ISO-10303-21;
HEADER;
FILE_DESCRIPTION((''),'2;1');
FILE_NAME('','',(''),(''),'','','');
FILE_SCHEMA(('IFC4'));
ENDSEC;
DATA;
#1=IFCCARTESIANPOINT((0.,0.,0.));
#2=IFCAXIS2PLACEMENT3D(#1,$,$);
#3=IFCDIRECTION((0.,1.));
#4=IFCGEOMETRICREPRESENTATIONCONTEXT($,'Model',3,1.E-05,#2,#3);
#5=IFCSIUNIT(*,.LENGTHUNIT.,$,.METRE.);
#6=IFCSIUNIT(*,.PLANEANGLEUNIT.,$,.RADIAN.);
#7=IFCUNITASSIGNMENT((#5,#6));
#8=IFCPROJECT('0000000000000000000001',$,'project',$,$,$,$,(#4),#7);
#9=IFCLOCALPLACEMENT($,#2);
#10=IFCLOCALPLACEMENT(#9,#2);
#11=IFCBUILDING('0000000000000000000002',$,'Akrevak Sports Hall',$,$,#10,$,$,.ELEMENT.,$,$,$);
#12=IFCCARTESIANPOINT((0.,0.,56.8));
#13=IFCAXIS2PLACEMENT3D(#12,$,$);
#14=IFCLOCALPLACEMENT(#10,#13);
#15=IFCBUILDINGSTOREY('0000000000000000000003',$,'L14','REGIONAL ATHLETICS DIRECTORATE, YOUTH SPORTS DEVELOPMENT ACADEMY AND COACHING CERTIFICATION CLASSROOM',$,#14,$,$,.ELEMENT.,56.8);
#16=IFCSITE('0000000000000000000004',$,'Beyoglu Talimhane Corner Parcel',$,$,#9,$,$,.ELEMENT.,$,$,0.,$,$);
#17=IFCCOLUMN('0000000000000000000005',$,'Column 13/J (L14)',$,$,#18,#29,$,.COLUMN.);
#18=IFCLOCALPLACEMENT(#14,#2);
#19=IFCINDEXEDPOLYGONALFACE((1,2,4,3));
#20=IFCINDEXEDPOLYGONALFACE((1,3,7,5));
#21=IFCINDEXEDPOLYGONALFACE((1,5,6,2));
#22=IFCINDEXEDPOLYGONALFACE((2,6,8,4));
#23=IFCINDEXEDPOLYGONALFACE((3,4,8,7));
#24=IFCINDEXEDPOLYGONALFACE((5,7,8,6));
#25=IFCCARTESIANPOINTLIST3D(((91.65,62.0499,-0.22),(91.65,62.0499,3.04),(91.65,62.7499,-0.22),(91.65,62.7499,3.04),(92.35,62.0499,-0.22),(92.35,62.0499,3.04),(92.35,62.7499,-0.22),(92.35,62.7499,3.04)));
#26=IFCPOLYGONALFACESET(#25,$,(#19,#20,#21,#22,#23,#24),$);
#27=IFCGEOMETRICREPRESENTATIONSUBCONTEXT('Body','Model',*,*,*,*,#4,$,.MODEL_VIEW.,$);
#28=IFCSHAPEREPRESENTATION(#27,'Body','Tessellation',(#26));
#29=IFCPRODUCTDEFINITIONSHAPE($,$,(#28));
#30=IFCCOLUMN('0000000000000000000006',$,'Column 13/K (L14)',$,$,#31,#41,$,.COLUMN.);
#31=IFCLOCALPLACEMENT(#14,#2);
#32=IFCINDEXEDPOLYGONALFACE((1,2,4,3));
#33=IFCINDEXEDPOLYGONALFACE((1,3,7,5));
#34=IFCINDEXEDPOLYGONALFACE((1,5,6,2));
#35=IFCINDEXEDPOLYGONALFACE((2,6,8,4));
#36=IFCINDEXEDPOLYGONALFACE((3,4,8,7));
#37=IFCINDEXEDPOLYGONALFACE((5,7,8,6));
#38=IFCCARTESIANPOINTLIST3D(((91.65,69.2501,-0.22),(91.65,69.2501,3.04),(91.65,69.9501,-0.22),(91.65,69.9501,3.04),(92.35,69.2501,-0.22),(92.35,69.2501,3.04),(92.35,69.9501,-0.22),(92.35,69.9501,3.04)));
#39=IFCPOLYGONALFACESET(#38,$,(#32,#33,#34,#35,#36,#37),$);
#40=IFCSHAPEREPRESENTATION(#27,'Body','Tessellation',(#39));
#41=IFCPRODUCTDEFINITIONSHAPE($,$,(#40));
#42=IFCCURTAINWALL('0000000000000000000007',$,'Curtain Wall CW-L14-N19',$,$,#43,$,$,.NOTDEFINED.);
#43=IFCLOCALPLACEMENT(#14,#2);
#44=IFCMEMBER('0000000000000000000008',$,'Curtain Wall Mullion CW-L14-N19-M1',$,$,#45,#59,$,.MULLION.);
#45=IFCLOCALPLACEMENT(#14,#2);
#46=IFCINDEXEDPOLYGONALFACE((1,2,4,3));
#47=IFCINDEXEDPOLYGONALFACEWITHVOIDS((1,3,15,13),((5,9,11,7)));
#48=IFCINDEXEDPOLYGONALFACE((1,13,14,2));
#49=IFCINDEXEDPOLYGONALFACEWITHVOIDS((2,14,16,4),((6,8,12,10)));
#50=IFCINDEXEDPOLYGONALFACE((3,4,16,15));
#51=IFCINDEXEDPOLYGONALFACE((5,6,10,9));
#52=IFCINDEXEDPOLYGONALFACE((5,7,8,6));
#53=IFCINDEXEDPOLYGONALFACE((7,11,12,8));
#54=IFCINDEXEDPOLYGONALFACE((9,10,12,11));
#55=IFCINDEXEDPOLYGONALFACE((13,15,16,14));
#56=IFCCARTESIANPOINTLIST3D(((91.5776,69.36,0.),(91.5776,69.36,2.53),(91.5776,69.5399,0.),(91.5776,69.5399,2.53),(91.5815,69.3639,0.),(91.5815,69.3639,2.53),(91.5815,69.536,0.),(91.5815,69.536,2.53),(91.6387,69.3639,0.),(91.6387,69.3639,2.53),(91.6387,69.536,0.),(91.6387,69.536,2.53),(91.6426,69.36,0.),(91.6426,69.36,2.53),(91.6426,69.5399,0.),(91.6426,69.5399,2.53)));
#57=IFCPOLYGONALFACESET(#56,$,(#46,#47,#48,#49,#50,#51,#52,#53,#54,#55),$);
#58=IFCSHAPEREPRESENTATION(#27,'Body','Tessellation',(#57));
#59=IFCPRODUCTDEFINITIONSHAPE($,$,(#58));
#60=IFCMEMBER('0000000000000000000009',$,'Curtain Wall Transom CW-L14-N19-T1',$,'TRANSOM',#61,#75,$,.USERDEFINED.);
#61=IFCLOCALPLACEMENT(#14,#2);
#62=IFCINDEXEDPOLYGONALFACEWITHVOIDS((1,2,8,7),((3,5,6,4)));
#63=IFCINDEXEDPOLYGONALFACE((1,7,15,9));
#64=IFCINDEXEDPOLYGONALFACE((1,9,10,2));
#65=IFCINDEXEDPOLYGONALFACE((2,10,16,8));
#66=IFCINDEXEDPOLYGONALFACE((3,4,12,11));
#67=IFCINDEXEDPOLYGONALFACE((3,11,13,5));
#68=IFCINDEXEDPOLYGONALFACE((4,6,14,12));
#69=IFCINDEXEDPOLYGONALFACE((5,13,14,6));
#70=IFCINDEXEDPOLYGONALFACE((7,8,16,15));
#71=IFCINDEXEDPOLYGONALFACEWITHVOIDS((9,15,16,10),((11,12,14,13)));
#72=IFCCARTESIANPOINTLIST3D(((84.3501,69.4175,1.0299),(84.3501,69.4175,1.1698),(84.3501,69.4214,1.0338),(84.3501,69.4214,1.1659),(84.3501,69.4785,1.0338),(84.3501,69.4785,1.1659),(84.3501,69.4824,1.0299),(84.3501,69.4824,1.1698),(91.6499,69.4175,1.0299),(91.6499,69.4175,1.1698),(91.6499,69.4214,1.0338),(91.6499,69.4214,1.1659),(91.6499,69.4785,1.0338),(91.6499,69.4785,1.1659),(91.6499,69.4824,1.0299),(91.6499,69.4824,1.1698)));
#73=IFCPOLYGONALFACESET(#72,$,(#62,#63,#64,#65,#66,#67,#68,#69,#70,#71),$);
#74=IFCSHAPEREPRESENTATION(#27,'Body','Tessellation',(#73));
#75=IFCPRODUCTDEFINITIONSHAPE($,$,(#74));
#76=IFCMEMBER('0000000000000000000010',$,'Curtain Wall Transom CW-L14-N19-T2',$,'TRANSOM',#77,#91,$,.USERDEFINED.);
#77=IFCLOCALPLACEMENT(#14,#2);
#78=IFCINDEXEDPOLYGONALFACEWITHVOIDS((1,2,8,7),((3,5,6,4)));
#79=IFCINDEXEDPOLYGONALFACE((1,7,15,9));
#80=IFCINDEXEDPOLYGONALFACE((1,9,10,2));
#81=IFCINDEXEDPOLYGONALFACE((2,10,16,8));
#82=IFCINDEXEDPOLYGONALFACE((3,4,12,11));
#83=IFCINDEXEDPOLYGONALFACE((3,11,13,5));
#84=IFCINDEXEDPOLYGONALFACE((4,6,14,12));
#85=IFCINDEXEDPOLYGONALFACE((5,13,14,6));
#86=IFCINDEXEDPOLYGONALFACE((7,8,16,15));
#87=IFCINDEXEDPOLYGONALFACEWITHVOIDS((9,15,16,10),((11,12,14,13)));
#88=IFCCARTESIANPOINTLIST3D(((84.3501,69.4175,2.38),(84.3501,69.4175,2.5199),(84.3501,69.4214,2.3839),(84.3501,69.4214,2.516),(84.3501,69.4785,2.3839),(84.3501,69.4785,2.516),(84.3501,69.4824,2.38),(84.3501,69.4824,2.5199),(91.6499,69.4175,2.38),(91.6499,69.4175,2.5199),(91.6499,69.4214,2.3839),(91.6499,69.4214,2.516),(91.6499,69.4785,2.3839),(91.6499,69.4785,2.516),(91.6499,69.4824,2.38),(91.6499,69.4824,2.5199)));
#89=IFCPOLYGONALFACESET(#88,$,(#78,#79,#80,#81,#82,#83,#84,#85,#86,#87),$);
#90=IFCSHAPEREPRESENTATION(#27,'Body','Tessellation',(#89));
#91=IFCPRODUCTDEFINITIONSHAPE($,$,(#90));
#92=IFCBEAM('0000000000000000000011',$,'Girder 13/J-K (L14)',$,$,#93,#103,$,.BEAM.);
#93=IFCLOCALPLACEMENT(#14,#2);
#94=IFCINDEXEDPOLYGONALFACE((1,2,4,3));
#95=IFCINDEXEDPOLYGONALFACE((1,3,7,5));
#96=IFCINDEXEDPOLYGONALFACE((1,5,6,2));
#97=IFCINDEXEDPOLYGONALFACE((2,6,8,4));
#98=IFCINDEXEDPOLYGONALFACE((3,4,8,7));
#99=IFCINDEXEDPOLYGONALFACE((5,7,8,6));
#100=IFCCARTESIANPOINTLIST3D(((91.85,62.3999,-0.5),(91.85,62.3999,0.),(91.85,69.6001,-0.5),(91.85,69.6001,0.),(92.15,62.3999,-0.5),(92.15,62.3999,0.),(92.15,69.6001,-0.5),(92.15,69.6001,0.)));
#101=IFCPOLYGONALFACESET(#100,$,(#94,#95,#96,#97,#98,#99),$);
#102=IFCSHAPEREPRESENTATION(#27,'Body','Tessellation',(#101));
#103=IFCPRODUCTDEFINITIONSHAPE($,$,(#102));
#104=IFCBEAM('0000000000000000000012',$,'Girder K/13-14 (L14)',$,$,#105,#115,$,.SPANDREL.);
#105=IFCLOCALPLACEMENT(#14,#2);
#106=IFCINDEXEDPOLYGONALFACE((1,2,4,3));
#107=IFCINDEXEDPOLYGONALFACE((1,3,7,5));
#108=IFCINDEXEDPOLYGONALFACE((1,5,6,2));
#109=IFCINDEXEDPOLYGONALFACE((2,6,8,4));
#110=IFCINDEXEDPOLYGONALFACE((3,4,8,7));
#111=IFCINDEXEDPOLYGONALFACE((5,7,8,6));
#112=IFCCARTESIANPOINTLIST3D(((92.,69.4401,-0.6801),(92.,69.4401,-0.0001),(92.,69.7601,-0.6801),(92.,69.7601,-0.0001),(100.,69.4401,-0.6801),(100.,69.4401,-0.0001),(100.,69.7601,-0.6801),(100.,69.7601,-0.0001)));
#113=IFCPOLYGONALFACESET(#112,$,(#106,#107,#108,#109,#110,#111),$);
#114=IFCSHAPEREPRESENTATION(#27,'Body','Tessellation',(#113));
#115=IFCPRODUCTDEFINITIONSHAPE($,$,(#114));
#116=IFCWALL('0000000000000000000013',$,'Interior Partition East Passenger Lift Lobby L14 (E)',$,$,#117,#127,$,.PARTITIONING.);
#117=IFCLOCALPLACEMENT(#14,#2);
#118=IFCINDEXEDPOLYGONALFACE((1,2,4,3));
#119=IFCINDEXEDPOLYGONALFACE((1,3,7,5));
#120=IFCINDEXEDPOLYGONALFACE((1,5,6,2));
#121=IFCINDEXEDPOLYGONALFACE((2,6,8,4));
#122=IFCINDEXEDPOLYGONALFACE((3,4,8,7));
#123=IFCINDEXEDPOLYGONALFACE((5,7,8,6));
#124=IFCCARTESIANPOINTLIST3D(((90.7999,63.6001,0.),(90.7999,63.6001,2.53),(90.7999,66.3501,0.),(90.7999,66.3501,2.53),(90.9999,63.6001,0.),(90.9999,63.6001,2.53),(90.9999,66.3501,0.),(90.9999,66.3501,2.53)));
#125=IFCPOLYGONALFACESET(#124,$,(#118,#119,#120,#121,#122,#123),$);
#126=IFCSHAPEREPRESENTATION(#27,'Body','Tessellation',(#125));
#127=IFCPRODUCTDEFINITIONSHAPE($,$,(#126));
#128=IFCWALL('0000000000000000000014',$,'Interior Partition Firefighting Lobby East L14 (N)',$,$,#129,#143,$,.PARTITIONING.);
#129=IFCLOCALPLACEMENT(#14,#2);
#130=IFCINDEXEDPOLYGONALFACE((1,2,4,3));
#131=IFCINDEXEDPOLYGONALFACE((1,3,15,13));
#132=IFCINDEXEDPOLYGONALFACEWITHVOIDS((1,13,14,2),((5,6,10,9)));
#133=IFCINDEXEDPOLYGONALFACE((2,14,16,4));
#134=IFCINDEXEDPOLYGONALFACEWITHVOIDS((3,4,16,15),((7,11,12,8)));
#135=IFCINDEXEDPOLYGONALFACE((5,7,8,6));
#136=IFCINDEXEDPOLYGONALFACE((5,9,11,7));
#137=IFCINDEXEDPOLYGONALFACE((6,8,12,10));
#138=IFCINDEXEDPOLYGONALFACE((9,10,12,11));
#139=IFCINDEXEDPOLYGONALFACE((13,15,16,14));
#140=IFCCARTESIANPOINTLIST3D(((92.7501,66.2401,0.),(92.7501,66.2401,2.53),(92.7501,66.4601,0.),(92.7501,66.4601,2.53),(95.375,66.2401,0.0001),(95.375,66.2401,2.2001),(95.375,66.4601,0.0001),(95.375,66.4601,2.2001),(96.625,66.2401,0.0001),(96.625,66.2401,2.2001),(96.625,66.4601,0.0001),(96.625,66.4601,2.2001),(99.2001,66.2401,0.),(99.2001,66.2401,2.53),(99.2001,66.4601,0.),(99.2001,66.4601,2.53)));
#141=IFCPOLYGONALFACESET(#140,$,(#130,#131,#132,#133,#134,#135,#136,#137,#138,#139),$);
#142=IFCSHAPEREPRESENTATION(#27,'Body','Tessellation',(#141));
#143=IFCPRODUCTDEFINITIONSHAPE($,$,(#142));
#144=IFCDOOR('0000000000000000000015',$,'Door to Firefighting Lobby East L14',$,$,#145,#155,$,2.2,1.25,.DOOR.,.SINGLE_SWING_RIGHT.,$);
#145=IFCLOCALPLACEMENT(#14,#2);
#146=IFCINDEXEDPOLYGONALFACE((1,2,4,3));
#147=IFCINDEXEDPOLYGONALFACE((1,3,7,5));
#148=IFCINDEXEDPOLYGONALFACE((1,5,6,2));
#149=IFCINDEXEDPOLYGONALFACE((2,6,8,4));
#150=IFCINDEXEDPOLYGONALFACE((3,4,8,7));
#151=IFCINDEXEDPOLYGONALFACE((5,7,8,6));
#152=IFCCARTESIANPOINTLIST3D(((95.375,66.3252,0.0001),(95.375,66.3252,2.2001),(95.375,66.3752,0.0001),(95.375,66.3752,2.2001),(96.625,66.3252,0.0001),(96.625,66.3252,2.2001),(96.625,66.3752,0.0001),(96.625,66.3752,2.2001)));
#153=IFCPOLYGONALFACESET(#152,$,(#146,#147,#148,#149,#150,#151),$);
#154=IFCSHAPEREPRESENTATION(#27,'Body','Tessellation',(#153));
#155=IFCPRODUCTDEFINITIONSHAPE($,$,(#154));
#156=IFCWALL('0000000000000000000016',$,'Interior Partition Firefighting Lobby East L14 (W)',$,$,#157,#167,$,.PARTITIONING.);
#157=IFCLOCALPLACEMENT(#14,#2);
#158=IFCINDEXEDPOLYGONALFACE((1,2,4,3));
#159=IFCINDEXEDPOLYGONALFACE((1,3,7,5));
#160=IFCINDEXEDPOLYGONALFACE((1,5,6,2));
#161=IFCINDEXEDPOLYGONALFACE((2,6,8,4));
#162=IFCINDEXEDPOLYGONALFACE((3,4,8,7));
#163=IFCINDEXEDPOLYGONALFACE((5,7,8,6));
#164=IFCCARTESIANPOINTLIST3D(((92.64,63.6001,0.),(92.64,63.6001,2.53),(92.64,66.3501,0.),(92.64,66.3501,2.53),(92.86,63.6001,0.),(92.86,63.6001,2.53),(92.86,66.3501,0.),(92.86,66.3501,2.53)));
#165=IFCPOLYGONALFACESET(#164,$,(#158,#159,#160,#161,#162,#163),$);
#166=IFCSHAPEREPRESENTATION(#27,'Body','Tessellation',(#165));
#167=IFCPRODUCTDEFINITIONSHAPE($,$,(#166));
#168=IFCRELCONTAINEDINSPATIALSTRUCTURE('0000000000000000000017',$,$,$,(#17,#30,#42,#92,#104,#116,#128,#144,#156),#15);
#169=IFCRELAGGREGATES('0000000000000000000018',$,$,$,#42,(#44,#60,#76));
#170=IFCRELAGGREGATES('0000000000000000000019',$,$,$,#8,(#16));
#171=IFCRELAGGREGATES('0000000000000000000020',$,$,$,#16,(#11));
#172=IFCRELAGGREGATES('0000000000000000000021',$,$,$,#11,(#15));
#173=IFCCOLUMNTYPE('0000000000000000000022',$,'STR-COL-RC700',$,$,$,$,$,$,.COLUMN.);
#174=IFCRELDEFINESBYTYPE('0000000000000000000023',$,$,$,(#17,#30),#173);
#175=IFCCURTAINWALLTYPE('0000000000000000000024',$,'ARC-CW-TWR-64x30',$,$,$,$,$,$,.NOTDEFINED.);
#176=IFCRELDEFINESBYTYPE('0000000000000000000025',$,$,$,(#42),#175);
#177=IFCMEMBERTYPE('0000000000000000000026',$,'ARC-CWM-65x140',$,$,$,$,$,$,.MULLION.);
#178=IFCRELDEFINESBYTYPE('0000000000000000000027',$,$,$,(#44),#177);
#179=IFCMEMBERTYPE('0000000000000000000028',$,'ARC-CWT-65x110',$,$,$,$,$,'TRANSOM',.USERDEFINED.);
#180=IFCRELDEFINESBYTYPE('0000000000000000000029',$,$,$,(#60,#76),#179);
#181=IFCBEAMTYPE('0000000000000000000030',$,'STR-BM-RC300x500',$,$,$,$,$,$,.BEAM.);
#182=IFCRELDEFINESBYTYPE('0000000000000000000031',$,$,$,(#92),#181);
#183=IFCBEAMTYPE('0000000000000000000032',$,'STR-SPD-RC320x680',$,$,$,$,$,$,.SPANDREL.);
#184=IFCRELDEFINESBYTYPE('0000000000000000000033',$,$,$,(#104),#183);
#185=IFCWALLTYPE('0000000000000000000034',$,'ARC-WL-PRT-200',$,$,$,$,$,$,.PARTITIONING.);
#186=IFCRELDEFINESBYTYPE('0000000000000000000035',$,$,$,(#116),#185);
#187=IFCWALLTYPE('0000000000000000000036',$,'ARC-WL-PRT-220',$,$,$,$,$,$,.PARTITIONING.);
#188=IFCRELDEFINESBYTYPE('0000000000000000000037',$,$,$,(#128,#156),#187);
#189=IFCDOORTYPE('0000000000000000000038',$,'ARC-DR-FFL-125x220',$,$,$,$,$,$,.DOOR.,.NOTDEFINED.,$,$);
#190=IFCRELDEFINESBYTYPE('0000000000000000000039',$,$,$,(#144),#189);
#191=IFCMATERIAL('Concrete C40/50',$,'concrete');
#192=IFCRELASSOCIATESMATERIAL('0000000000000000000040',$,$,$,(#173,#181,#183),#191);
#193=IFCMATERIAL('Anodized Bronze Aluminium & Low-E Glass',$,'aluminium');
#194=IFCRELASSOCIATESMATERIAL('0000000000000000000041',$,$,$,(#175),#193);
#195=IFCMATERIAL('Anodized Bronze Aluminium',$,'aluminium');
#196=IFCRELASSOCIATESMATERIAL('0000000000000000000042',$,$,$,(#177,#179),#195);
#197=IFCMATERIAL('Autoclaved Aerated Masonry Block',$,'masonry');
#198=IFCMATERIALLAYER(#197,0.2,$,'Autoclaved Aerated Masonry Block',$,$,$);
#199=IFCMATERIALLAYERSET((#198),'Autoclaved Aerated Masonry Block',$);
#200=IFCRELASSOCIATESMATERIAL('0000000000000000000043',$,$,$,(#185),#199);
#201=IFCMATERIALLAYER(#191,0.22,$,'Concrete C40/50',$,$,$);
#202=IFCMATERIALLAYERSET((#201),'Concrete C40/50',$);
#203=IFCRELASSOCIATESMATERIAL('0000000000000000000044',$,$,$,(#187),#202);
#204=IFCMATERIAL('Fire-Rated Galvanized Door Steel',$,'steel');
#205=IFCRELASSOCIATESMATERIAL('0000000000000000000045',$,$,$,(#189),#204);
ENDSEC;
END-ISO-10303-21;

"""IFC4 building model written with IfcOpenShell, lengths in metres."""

from ifc_helpers import new_model, si_unit, direction, frame, frame_2d, origin, origin_2d, place, context, subcontext, project, spatial, rectangle, hollow_rectangle, extrude, material, layer, layer_set, material_profile, profile_set, type_object, element, fill, aggregate, save


model = new_model("IFC4")

# Units and contexts
model_context = context("Model", 3, precision=1e-05, world=origin(), true_north=direction((0.0, 1.0)))
body_context = subcontext(model_context, "Body", "Model", "MODEL_VIEW")
ifc_project = project(units=[si_unit("LENGTHUNIT", "METRE"), si_unit("PLANEANGLEUNIT", "RADIAN")], contexts=[model_context])

# Site, building, storey
site_placement = place(None, origin())
site = spatial("IfcSite", under=ifc_project, at=site_placement, Name="Beyoglu Talimhane Corner Parcel", CompositionType="ELEMENT", RefElevation=0.0)
building_placement = place(site_placement, origin())
building = spatial("IfcBuilding", under=site, at=building_placement, Name="Akrevak Sports Hall", CompositionType="ELEMENT")
storey_placement = place(building_placement, frame((0.0, 0.0, 56.8)))
storey = spatial("IfcBuildingStorey", under=building, at=storey_placement, Name="L14", Description="REGIONAL ATHLETICS DIRECTORATE, YOUTH SPORTS DEVELOPMENT ACADEMY AND COACHING CERTIFICATION CLASSROOM", CompositionType="ELEMENT", Elevation=56.8)

# Columns
ifc_material_1 = material(Name="Concrete C40/50", Category="concrete")
ifc_material_profile_1 = material_profile(ifc_material_1, rectangle(XDim=0.7, YDim=0.7, at=origin_2d()), Name="RC 700x700", Category="concrete")
ifc_profile_set_1 = profile_set([ifc_material_profile_1], Name="Concrete C40/50")
column_type = type_object("IfcColumnType", Name="STR-COL-RC700", PredefinedType="COLUMN", material=ifc_profile_set_1)
for number, where, z_axis, x_axis, name in (
    (1, (92.0, 62.3999, -0.22), (0.0, 0.0, 1.0), (1.0, 0.0, 0.0), "Column 13/J (L14)"),
    (2, (92.0, 69.6001, -0.22), (0.0, 0.0, 1.0), (1.0, 0.0, 0.0), "Column 13/K (L14)"),
):
    element("IfcColumn", number, at=place(storey_placement, frame(where, z_axis=z_axis, x_axis=x_axis)), inside=storey, type_object=column_type, Name=name, PredefinedType="COLUMN", context=body_context, shape_type="SweptSolid", body=[
        extrude(rectangle(XDim=0.7, YDim=0.7, at=origin_2d()), origin(), (0.0, 0.0, 1.0), 3.26),
    ])

# Curtain wall, members
ifc_material_2 = material(Name="Anodized Bronze Aluminium & Low-E Glass", Category="aluminium")
curtain_wall_type = type_object("IfcCurtainWallType", Name="ARC-CW-TWR-64x30", PredefinedType="NOTDEFINED", material=ifc_material_2)
curtain_wall_placement = place(storey_placement, origin())
curtain_wall = element("IfcCurtainWall", 3, at=curtain_wall_placement, inside=storey, type_object=curtain_wall_type, Name="Curtain Wall CW-L14-N19", PredefinedType="NOTDEFINED")
ifc_material_3 = material(Name="Anodized Bronze Aluminium", Category="aluminium")
ifc_material_profile_2 = material_profile(ifc_material_3, hollow_rectangle(XDim=0.0649, YDim=0.1799, WallThickness=0.0039, at=origin_2d()), Name="CWM 65x180", Category="aluminium")
ifc_profile_set_2 = profile_set([ifc_material_profile_2], Name="Anodized Bronze Aluminium")
member_type_1 = type_object("IfcMemberType", Name="ARC-CWM-65x140", PredefinedType="MULLION", material=ifc_profile_set_2)
member_1_placement = place(storey_placement, frame((91.6101, 69.45, 0.0), z_axis=(0.0, 0.0, 1.0), x_axis=(-1.0, 0.0, 0.0)))
member_1 = element("IfcMember", 4, at=member_1_placement, type_object=member_type_1, Name="Curtain Wall Mullion CW-L14-N19-M1", PredefinedType="MULLION", context=body_context, shape_type="SweptSolid", body=[
    extrude(hollow_rectangle(XDim=0.0649, YDim=0.1799, WallThickness=0.0039, at=origin_2d()), origin(), (0.0, 0.0, 1.0), 2.53),
])
ifc_material_profile_3 = material_profile(ifc_material_3, hollow_rectangle(XDim=0.0649, YDim=0.1399, WallThickness=0.0039, at=origin_2d()), Name="CWT 65x140", Category="aluminium")
ifc_profile_set_3 = profile_set([ifc_material_profile_3], Name="Anodized Bronze Aluminium")
member_type_2 = type_object("IfcMemberType", Name="ARC-CWT-65x110", ElementType="TRANSOM", PredefinedType="USERDEFINED", material=ifc_profile_set_3)
member_2_placement = place(storey_placement, frame((91.6499, 69.45, 1.0999), z_axis=(-1.0, 0.0, 0.0), x_axis=(0.0, -1.0, 0.0)))
member_2 = element("IfcMember", 5, at=member_2_placement, type_object=member_type_2, Name="Curtain Wall Transom CW-L14-N19-T1", ObjectType="TRANSOM", PredefinedType="USERDEFINED", context=body_context, shape_type="SweptSolid", body=[
    extrude(hollow_rectangle(XDim=0.0649, YDim=0.1399, WallThickness=0.0039, at=origin_2d()), origin(), (0.0, 0.0, 1.0), 7.2998),
])
member_3_placement = place(storey_placement, frame((91.6499, 69.45, 2.45), z_axis=(-1.0, 0.0, 0.0), x_axis=(0.0, -1.0, 0.0)))
member_3 = element("IfcMember", 6, at=member_3_placement, type_object=member_type_2, Name="Curtain Wall Transom CW-L14-N19-T2", ObjectType="TRANSOM", PredefinedType="USERDEFINED", context=body_context, shape_type="SweptSolid", body=[
    extrude(hollow_rectangle(XDim=0.0649, YDim=0.1399, WallThickness=0.0039, at=origin_2d()), origin(), (0.0, 0.0, 1.0), 7.2998),
])
aggregate(curtain_wall, [member_1, member_2, member_3])

# Beams
ifc_material_profile_4 = material_profile(ifc_material_1, rectangle(XDim=0.3, YDim=0.5, at=origin_2d()), Name="BM 300x500", Category="concrete")
ifc_profile_set_4 = profile_set([ifc_material_profile_4], Name="Concrete C40/50")
beam_type_1 = type_object("IfcBeamType", Name="STR-BM-RC300x500", PredefinedType="BEAM", material=ifc_profile_set_4)
beam_1_placement = place(storey_placement, frame((92.0, 62.3999, -0.25), z_axis=(0.0, 1.0, 0.0), x_axis=(-1.0, 0.0, 0.0)))
element("IfcBeam", 7, at=beam_1_placement, inside=storey, type_object=beam_type_1, Name="Girder 13/J-K (L14)", PredefinedType="BEAM", context=body_context, shape_type="SweptSolid", body=[
    extrude(rectangle(XDim=0.3, YDim=0.5, at=origin_2d()), origin(), (0.0, 0.0, 1.0), 7.2002),
])
ifc_material_profile_5 = material_profile(ifc_material_1, rectangle(XDim=0.3201, YDim=0.6799, at=origin_2d()), Name="SPD 320x680", Category="concrete")
ifc_profile_set_5 = profile_set([ifc_material_profile_5], Name="Concrete C40/50")
beam_type_2 = type_object("IfcBeamType", Name="STR-SPD-RC320x680", PredefinedType="SPANDREL", material=ifc_profile_set_5)
beam_2_placement = place(storey_placement, frame((92.0, 69.6001, -0.3401), z_axis=(1.0, 0.0, 0.0), x_axis=(0.0, 1.0, 0.0)))
element("IfcBeam", 8, at=beam_2_placement, inside=storey, type_object=beam_type_2, Name="Girder K/13-14 (L14)", PredefinedType="SPANDREL", context=body_context, shape_type="SweptSolid", body=[
    extrude(rectangle(XDim=0.3201, YDim=0.6799, at=origin_2d()), origin(), (0.0, 0.0, 1.0), 8.0),
])

# Wall
ifc_material_4 = material(Name="Autoclaved Aerated Masonry Block", Category="masonry")
ifc_layer_1 = layer(ifc_material_4, 0.2, Name="Autoclaved Aerated Masonry Block")
ifc_layer_set_1 = layer_set([ifc_layer_1], Name="Autoclaved Aerated Masonry Block")
wall_type_1 = type_object("IfcWallType", Name="ARC-WL-PRT-200", PredefinedType="PARTITIONING", material=ifc_layer_set_1)
wall_1_placement = place(storey_placement, frame((90.8999, 63.6001, 0.0), z_axis=(0.0, 0.0, 1.0), x_axis=(0.0, 1.0, 0.0)))
element("IfcWall", 9, at=wall_1_placement, inside=storey, type_object=wall_type_1, Name="Interior Partition East Passenger Lift Lobby L14 (E)", PredefinedType="PARTITIONING", context=body_context, shape_type="SweptSolid", body=[
    extrude(rectangle(XDim=2.75, YDim=0.2, at=frame_2d((1.375, 0.0))), origin(), (0.0, 0.0, 1.0), 2.53),
])

# Wall, opening, door
ifc_layer_2 = layer(ifc_material_1, 0.22, Name="Concrete C40/50")
ifc_layer_set_2 = layer_set([ifc_layer_2], Name="Concrete C40/50")
wall_type_2 = type_object("IfcWallType", Name="ARC-WL-PRT-220", PredefinedType="PARTITIONING", material=ifc_layer_set_2)
wall_2_placement = place(storey_placement, frame((92.75, 66.3501, 0.0), z_axis=(0.0, 0.0, 1.0), x_axis=(1.0, 0.0, 0.0)))
wall_2 = element("IfcWall", 10, at=wall_2_placement, inside=storey, type_object=wall_type_2, Name="Interior Partition Firefighting Lobby East L14 (N)", PredefinedType="PARTITIONING", context=body_context, shape_type="SweptSolid", body=[
    extrude(rectangle(XDim=6.45, YDim=0.22, at=frame_2d((3.2251, 0.0))), origin(), (0.0, 0.0, 1.0), 2.53),
])
opening_1_placement = place(wall_2_placement, frame((2.625, 0.0, 0.0)))
opening_1 = element("IfcOpeningElement", 11, at=opening_1_placement, cuts=wall_2, PredefinedType="OPENING", context=body_context, shape_type="SweptSolid", body=[
    extrude(rectangle(XDim=1.25, YDim=2.2, at=frame_2d((0.625, 1.1001))), frame((0.0, 0.1221, 0.0), z_axis=(0.0, -1.0, 0.0), x_axis=(1.0, 0.0, 0.0)), (0.0, 0.0, 1.0), 0.2439),
])
ifc_material_5 = material(Name="Fire-Rated Galvanized Door Steel", Category="steel")
door_type_1 = type_object("IfcDoorType", Name="ARC-DR-FFL-125x220", OperationType="NOTDEFINED", PredefinedType="DOOR", material=ifc_material_5)
door_1_placement = place(opening_1_placement, frame((1.25, 0.0, 0.0), z_axis=(0.0, 0.0, 1.0), x_axis=(-1.0, 0.0, 0.0)))
door_1 = element("IfcDoor", 12, at=door_1_placement, inside=storey, type_object=door_type_1, Name="Door to Firefighting Lobby East L14", OperationType="SINGLE_SWING_RIGHT", OverallHeight=2.2, OverallWidth=1.25, PredefinedType="DOOR", context=body_context, shape_type="SweptSolid", body=[
    extrude(rectangle(XDim=1.25, YDim=2.2, at=frame_2d((0.625, 1.1001))), frame((0.0, 0.0249, 0.0), z_axis=(0.0, -1.0, 0.0), x_axis=(1.0, 0.0, 0.0)), (0.0, 0.0, 1.0), 0.05),
])
fill(opening_1, door_1)

# Wall
wall_3_placement = place(storey_placement, frame((92.75, 63.6001, 0.0), z_axis=(0.0, 0.0, 1.0), x_axis=(0.0, 1.0, 0.0)))
element("IfcWall", 13, at=wall_3_placement, inside=storey, type_object=wall_type_2, Name="Interior Partition Firefighting Lobby East L14 (W)", PredefinedType="PARTITIONING", context=body_context, shape_type="SweptSolid", body=[
    extrude(rectangle(XDim=2.75, YDim=0.22, at=frame_2d((1.375, 0.0))), origin(), (0.0, 0.0, 1.0), 2.53),
])

save(model, "model.ifc")
